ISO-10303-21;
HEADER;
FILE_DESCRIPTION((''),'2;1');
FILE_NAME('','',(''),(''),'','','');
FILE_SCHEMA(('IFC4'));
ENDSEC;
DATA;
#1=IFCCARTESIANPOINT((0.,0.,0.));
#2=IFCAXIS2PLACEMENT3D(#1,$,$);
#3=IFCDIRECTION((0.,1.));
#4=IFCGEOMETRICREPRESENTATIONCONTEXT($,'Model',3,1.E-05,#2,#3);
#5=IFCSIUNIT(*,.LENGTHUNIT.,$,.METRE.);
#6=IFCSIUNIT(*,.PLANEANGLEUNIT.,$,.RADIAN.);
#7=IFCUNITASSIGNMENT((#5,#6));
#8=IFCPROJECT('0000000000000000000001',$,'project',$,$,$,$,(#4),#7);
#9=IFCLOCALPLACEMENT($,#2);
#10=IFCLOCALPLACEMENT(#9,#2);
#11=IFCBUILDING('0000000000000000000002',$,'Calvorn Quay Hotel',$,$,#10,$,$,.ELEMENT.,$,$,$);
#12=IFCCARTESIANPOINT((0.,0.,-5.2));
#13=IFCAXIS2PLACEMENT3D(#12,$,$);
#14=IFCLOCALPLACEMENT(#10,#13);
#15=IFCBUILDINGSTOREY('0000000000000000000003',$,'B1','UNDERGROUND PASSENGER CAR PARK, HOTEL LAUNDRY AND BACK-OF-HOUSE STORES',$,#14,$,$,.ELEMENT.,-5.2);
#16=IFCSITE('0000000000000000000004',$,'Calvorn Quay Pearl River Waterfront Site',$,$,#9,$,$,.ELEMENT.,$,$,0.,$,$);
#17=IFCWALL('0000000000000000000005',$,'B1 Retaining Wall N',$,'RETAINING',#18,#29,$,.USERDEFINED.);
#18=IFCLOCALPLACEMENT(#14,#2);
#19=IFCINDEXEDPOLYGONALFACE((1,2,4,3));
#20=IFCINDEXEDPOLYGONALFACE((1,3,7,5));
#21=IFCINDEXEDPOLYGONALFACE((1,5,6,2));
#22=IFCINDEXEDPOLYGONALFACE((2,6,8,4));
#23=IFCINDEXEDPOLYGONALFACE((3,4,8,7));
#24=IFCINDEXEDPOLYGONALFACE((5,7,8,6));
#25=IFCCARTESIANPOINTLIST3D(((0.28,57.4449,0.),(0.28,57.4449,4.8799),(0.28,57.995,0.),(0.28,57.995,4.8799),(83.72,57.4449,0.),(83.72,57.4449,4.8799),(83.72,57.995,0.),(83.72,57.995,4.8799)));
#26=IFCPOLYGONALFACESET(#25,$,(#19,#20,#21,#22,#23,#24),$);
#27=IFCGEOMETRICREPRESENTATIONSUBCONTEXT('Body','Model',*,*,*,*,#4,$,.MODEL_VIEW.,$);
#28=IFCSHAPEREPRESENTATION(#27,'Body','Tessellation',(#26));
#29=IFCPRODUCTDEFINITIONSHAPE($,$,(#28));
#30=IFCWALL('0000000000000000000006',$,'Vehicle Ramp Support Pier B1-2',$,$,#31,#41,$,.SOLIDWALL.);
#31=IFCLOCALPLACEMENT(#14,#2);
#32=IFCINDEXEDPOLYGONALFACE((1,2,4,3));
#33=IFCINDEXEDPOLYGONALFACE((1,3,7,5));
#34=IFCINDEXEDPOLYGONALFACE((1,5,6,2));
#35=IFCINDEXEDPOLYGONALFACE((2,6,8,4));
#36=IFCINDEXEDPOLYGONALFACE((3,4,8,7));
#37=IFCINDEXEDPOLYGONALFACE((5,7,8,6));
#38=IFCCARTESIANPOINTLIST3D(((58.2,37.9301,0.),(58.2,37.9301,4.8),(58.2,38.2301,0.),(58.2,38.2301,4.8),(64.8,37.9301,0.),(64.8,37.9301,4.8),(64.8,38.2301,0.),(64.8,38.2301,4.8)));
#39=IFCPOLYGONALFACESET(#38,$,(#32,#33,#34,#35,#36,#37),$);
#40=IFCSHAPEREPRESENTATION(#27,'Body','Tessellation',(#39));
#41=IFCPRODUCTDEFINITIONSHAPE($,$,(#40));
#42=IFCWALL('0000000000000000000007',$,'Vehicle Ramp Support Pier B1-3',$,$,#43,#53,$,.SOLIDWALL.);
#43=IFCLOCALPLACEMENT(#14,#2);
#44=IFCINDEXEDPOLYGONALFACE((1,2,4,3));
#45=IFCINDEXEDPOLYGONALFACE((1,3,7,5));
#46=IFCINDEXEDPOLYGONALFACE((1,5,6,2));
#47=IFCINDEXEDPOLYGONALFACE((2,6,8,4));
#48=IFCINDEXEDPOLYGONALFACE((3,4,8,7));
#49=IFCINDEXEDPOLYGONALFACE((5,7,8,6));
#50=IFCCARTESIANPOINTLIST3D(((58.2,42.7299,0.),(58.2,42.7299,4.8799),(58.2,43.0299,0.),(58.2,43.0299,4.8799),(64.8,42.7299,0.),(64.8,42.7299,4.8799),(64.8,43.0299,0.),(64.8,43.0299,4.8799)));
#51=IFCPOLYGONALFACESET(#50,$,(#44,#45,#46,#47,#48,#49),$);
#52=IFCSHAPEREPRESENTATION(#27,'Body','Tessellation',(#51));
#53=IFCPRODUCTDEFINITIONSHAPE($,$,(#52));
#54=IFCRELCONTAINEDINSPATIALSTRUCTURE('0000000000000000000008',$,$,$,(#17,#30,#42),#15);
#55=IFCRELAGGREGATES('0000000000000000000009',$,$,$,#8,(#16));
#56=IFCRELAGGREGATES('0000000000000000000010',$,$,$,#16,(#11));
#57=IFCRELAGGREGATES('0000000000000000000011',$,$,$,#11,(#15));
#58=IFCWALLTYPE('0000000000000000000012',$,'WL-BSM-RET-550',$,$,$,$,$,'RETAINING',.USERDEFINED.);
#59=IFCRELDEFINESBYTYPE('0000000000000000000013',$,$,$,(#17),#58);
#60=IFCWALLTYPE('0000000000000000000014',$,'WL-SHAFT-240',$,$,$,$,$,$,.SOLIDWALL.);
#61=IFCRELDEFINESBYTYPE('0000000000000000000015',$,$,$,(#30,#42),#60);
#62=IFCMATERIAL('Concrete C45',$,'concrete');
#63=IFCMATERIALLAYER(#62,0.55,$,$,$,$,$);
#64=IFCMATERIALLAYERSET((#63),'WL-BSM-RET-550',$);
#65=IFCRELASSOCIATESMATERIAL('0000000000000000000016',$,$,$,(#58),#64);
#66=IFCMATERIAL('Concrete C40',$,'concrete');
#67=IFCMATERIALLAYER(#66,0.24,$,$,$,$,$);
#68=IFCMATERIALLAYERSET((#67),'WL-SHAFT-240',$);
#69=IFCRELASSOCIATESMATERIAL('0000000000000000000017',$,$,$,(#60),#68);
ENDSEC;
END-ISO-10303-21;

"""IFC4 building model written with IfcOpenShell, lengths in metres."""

from ifc_helpers import new_model, si_unit, direction, frame, frame_2d, origin, place, context, subcontext, project, spatial, rectangle, extrude, material, layer, layer_set, type_object, element, save


model = new_model("IFC4")

# Units and contexts
model_context = context("Model", 3, precision=1e-05, world=origin(), true_north=direction((0.0, 1.0)))
body_context = subcontext(model_context, "Body", "Model", "MODEL_VIEW")
ifc_project = project(units=[si_unit("LENGTHUNIT", "METRE"), si_unit("PLANEANGLEUNIT", "RADIAN")], contexts=[model_context])

# Site, building, storey
site_placement = place(None, origin())
site = spatial("IfcSite", under=ifc_project, at=site_placement, Name="Calvorn Quay Pearl River Waterfront Site", CompositionType="ELEMENT", RefElevation=0.0)
building_placement = place(site_placement, origin())
building = spatial("IfcBuilding", under=site, at=building_placement, Name="Calvorn Quay Hotel", CompositionType="ELEMENT")
storey_placement = place(building_placement, frame((0.0, 0.0, -5.2)))
storey = spatial("IfcBuildingStorey", under=building, at=storey_placement, Name="B1", Description="UNDERGROUND PASSENGER CAR PARK, HOTEL LAUNDRY AND BACK-OF-HOUSE STORES", CompositionType="ELEMENT", Elevation=-5.2)

# Walls
ifc_material_1 = material(Name="Concrete C45", Category="concrete")
ifc_layer_1 = layer(ifc_material_1, 0.55)
ifc_layer_set_1 = layer_set([ifc_layer_1], Name="WL-BSM-RET-550")
wall_type_1 = type_object("IfcWallType", Name="WL-BSM-RET-550", ElementType="RETAINING", PredefinedType="USERDEFINED", material=ifc_layer_set_1)
wall_1_placement = place(storey_placement, frame((83.72, 57.72, 0.0), z_axis=(0.0, 0.0, 1.0), x_axis=(-1.0, 0.0, 0.0)))
element("IfcWall", 1, at=wall_1_placement, inside=storey, type_object=wall_type_1, Name="B1 Retaining Wall N", ObjectType="RETAINING", PredefinedType="USERDEFINED", context=body_context, shape_type="SweptSolid", body=[
    extrude(rectangle(XDim=83.4399, YDim=0.55, at=frame_2d((41.72, 0.0))), origin(), (0.0, 0.0, 1.0), 4.8799),
])
ifc_material_2 = material(Name="Concrete C40", Category="concrete")
ifc_layer_2 = layer(ifc_material_2, 0.24)
ifc_layer_set_2 = layer_set([ifc_layer_2], Name="WL-SHAFT-240")
wall_type_2 = type_object("IfcWallType", Name="WL-SHAFT-240", PredefinedType="SOLIDWALL", material=ifc_layer_set_2)
wall_2_placement = place(storey_placement, frame((58.2, 38.0801, 0.0), z_axis=(0.0, 0.0, 1.0), x_axis=(1.0, 0.0, 0.0)))
element("IfcWall", 2, at=wall_2_placement, inside=storey, type_object=wall_type_2, Name="Vehicle Ramp Support Pier B1-2", PredefinedType="SOLIDWALL", context=body_context, shape_type="SweptSolid", body=[
    extrude(rectangle(XDim=6.6001, YDim=0.3, at=frame_2d((3.3, 0.0))), origin(), (0.0, 0.0, 1.0), 4.8),
])
wall_3_placement = place(storey_placement, frame((58.2, 42.8799, 0.0), z_axis=(0.0, 0.0, 1.0), x_axis=(1.0, 0.0, 0.0)))
element("IfcWall", 3, at=wall_3_placement, inside=storey, type_object=wall_type_2, Name="Vehicle Ramp Support Pier B1-3", PredefinedType="SOLIDWALL", context=body_context, shape_type="SweptSolid", body=[
    extrude(rectangle(XDim=6.6001, YDim=0.3, at=frame_2d((3.3, 0.0))), origin(), (0.0, 0.0, 1.0), 4.8799),
])

save(model, "model.ifc")
